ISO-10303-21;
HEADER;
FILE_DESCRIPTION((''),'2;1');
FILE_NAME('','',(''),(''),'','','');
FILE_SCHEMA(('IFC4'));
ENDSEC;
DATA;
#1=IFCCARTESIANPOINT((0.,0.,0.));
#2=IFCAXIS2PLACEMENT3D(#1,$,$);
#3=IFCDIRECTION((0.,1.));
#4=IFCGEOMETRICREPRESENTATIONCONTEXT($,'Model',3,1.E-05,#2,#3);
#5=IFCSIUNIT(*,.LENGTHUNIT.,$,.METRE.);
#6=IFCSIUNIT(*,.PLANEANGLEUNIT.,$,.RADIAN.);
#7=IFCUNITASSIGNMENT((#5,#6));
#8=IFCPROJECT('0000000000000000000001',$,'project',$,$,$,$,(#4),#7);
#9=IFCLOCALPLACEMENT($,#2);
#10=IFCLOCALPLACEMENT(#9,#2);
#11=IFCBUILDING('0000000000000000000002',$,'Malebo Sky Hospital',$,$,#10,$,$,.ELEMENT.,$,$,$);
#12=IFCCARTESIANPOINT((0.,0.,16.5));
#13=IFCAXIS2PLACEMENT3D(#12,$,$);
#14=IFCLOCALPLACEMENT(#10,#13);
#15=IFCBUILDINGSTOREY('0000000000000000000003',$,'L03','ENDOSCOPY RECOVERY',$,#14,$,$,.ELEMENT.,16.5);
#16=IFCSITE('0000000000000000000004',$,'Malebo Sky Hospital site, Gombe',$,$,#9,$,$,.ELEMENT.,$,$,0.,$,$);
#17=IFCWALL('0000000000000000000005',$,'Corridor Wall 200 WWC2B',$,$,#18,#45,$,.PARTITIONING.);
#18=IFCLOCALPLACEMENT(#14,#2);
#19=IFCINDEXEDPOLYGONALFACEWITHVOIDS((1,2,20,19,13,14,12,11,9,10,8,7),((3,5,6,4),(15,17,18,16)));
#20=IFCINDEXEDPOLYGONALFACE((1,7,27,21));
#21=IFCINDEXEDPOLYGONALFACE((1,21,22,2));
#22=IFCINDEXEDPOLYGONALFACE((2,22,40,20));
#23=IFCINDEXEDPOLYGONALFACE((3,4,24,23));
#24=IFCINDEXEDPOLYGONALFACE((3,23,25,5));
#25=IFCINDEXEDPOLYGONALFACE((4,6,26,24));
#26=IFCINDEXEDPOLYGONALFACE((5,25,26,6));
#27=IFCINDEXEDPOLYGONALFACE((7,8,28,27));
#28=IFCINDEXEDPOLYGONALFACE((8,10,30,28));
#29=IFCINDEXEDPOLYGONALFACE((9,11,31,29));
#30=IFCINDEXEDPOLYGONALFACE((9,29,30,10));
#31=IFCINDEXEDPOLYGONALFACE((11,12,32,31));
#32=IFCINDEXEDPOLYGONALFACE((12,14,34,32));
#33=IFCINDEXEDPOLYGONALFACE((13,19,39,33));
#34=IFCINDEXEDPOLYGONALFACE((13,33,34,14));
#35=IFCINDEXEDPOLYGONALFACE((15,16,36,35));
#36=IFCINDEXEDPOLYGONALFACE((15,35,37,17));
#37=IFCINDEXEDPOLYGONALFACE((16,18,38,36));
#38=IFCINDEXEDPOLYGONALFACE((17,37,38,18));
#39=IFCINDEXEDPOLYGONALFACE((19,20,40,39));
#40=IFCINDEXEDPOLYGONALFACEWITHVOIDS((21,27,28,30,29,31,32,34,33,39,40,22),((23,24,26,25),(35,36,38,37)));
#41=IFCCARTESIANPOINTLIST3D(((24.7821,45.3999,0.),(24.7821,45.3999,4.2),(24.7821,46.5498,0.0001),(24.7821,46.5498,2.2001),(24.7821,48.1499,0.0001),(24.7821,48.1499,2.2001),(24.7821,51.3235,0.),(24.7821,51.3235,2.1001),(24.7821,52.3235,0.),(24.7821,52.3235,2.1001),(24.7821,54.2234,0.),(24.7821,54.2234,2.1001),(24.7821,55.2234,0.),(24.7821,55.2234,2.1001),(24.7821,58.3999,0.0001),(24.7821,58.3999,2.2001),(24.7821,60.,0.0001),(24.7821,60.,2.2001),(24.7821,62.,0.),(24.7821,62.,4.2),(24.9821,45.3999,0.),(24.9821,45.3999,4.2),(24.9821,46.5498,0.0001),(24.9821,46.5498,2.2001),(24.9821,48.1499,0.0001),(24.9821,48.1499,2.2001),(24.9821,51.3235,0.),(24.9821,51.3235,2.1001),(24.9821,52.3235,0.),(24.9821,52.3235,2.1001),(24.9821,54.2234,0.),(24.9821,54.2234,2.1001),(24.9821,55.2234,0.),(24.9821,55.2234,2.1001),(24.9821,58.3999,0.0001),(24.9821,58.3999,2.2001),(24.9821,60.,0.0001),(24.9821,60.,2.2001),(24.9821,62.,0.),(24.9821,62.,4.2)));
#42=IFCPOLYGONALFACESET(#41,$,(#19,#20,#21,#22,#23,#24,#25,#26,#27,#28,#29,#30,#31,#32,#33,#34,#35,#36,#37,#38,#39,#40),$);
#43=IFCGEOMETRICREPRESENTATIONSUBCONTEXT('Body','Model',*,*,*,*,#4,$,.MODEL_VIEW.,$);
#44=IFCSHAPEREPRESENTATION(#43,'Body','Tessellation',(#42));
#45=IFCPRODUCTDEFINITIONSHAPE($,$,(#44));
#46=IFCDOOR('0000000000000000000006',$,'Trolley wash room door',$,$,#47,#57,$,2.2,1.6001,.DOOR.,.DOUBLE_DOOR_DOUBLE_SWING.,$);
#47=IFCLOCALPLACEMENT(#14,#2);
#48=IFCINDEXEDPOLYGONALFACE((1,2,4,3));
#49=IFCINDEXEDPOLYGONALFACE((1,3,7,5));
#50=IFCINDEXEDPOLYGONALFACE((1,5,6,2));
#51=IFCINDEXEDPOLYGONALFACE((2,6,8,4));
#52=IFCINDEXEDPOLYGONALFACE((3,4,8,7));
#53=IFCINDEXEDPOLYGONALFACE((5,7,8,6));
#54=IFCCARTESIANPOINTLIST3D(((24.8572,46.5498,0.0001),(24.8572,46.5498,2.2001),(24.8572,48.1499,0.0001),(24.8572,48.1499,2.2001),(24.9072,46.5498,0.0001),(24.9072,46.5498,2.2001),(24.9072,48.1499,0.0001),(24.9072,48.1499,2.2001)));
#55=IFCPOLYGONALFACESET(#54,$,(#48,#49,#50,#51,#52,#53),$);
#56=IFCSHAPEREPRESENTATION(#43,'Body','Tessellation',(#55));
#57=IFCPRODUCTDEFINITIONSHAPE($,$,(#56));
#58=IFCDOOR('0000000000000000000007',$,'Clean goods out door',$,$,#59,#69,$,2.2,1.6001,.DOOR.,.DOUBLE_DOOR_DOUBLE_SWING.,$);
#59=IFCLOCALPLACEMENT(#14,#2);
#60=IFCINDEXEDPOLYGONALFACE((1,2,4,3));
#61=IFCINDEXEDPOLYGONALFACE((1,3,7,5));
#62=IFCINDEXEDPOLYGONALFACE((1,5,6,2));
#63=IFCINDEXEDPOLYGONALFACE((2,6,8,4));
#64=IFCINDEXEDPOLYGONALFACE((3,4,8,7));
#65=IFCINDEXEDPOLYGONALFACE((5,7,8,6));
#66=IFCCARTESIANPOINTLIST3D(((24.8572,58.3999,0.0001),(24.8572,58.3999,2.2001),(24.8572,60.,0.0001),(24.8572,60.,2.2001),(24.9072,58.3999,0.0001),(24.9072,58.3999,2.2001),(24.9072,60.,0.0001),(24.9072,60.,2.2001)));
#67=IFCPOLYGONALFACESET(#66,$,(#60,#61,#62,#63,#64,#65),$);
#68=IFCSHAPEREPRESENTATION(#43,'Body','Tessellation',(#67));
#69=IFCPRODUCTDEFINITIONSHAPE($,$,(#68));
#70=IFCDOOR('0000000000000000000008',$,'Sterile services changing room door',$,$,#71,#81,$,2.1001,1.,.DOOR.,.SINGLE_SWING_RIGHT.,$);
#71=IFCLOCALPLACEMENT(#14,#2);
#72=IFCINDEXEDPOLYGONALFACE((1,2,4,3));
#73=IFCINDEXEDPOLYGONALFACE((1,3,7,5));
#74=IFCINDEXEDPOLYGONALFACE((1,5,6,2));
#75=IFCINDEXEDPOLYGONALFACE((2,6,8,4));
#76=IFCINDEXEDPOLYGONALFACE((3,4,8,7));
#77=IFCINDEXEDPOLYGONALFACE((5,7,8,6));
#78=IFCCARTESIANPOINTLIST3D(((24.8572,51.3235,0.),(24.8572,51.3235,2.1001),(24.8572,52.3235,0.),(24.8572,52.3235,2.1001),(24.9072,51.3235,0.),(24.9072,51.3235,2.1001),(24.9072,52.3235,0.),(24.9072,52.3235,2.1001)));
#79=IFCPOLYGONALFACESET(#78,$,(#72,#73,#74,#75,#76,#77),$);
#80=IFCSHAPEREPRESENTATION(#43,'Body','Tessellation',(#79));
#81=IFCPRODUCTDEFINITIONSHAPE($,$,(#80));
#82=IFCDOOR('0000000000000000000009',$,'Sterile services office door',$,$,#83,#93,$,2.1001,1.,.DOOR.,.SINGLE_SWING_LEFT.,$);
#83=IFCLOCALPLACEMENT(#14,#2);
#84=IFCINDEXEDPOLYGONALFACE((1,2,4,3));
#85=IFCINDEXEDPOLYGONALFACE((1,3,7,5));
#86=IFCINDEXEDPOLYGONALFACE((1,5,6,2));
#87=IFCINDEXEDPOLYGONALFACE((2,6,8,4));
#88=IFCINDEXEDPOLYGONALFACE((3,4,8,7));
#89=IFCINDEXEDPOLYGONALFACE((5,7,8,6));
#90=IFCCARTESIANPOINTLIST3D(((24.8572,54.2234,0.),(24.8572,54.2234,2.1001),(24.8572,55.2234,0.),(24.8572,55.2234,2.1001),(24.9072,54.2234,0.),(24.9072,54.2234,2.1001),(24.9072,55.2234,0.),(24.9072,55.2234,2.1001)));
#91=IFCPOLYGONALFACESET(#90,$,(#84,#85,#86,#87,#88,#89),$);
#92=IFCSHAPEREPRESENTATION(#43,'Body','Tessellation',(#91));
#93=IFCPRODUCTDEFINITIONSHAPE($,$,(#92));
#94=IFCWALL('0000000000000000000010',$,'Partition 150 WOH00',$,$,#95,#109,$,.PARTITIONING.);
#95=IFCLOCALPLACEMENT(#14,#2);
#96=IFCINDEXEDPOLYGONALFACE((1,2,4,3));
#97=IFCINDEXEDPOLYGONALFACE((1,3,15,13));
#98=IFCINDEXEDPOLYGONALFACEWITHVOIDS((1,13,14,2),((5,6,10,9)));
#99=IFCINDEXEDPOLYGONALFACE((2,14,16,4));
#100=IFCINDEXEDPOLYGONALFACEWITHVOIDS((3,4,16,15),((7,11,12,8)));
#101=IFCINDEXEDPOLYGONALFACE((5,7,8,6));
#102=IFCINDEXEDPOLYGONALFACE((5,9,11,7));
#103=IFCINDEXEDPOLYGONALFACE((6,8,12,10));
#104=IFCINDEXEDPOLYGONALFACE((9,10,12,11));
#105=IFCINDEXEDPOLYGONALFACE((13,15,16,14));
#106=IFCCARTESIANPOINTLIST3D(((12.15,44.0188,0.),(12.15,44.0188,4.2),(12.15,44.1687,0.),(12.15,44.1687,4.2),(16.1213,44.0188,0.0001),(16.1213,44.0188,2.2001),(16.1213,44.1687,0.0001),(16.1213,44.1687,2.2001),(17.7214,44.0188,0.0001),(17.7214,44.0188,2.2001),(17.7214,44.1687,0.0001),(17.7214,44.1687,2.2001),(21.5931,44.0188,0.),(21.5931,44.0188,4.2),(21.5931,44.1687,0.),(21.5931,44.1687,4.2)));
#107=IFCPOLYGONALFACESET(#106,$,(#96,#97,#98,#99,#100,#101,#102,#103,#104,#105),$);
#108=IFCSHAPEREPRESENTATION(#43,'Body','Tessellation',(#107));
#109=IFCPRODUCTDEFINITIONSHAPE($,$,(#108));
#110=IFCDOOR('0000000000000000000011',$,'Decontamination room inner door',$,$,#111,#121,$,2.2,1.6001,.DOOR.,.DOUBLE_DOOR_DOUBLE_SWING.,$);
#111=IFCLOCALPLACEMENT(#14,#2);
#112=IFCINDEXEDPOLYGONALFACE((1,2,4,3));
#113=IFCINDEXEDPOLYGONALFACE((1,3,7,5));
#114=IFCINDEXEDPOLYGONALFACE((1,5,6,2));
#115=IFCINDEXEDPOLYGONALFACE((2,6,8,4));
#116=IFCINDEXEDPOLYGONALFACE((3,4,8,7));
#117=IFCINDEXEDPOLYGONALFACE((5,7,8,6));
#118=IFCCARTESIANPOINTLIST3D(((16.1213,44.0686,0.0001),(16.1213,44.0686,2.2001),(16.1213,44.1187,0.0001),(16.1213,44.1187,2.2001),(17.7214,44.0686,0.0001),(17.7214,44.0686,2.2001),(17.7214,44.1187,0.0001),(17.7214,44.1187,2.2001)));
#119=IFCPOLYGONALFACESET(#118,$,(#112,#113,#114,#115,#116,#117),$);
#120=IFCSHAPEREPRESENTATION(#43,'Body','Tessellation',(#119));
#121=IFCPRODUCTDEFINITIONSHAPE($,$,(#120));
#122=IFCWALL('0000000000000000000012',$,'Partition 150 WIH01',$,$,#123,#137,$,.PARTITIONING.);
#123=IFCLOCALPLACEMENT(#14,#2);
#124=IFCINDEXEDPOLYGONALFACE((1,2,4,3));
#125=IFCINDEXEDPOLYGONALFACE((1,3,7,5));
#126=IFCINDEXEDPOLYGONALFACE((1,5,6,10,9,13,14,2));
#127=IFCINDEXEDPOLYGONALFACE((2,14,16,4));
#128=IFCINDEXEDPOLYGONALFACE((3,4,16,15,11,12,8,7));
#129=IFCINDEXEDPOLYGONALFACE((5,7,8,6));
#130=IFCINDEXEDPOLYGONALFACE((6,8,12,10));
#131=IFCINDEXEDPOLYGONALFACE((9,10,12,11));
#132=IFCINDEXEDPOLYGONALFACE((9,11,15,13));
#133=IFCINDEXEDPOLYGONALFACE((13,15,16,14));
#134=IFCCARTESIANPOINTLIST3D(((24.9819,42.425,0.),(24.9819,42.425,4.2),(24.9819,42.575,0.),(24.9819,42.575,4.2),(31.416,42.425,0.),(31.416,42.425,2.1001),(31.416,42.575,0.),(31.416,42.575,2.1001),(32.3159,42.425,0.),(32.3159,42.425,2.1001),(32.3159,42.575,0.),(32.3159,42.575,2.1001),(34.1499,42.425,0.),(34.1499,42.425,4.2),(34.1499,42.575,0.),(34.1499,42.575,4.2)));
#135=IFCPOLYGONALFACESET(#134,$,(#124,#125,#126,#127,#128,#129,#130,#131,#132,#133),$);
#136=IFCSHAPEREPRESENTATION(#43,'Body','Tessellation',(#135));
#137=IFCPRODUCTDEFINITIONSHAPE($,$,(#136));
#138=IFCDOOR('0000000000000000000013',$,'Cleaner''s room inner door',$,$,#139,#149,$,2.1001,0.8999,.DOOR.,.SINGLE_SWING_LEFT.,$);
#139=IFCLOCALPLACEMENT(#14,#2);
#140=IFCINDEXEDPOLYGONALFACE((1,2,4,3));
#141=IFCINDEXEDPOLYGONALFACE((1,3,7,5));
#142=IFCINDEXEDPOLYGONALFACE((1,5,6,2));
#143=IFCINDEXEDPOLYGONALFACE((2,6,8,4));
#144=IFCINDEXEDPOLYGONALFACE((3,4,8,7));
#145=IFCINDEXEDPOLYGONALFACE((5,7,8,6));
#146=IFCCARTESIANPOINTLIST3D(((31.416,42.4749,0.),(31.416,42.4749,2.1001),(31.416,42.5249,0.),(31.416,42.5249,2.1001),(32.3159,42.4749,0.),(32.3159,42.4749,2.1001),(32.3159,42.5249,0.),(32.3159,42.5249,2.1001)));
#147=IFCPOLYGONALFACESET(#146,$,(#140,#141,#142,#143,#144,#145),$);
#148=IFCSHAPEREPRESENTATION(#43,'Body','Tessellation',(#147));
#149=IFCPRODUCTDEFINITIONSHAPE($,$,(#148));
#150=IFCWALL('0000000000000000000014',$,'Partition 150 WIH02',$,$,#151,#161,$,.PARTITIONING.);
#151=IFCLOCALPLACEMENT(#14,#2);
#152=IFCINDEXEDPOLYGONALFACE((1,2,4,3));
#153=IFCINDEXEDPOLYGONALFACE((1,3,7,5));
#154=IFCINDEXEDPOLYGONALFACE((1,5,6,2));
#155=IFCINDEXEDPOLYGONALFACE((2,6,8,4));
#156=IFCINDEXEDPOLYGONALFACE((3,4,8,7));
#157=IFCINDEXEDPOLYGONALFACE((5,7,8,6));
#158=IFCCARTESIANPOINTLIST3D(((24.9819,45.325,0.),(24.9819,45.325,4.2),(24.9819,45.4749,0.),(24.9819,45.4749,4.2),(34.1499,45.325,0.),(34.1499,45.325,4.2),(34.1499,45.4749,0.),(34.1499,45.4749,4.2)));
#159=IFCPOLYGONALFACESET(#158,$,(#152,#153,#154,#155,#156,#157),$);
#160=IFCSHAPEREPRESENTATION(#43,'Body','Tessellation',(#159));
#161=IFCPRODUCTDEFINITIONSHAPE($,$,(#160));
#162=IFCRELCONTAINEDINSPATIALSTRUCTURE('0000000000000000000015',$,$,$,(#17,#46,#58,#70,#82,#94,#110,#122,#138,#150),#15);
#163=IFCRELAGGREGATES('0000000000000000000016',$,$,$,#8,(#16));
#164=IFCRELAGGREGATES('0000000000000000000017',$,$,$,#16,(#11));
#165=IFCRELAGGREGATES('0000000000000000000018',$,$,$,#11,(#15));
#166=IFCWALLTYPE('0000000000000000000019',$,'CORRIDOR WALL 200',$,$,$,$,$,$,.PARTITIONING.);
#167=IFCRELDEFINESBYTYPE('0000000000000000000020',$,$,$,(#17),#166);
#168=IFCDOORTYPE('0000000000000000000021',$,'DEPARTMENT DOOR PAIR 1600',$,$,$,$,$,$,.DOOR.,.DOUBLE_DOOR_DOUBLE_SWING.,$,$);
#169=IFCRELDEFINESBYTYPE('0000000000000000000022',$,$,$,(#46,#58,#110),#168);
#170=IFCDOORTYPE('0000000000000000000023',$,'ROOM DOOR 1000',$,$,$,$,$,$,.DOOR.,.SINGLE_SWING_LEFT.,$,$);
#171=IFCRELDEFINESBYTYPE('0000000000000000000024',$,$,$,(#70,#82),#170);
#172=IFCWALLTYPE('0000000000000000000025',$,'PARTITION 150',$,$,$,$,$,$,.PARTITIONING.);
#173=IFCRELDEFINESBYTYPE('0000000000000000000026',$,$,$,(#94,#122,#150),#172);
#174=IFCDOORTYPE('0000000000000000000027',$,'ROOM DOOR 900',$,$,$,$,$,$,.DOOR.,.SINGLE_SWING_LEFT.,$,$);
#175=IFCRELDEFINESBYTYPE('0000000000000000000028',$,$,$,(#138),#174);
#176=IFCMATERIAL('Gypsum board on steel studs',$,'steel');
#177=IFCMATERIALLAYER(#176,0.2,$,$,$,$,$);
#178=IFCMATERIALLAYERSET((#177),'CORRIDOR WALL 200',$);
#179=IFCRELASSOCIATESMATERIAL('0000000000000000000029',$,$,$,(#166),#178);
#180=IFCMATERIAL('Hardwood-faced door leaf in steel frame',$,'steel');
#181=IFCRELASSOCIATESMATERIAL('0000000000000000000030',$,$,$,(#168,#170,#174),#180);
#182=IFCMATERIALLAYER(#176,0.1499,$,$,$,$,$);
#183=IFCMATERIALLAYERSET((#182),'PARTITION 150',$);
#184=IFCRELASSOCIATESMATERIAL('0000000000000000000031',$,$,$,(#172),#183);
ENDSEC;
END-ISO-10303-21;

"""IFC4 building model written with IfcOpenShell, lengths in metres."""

from ifc_helpers import new_model, si_unit, direction, frame, frame_2d, origin, place, context, subcontext, project, spatial, rectangle, extrude, material, layer, layer_set, type_object, element, fill, save


model = new_model("IFC4")

# Units and contexts
model_context = context("Model", 3, precision=1e-05, world=origin(), true_north=direction((0.0, 1.0)))
body_context = subcontext(model_context, "Body", "Model", "MODEL_VIEW")
ifc_project = project(units=[si_unit("LENGTHUNIT", "METRE"), si_unit("PLANEANGLEUNIT", "RADIAN")], contexts=[model_context])

# Site, building, storey
site_placement = place(None, origin())
site = spatial("IfcSite", under=ifc_project, at=site_placement, Name="Malebo Sky Hospital site, Gombe", CompositionType="ELEMENT", RefElevation=0.0)
building_placement = place(site_placement, origin())
building = spatial("IfcBuilding", under=site, at=building_placement, Name="Malebo Sky Hospital", CompositionType="ELEMENT")
storey_placement = place(building_placement, frame((0.0, 0.0, 16.5)))
storey = spatial("IfcBuildingStorey", under=building, at=storey_placement, Name="L03", Description="ENDOSCOPY RECOVERY", CompositionType="ELEMENT", Elevation=16.5)

# Wall, openings, doors
ifc_material_1 = material(Name="Gypsum board on steel studs", Category="steel")
ifc_layer_1 = layer(ifc_material_1, 0.2)
ifc_layer_set_1 = layer_set([ifc_layer_1], Name="CORRIDOR WALL 200")
wall_type_1 = type_object("IfcWallType", Name="CORRIDOR WALL 200", PredefinedType="PARTITIONING", material=ifc_layer_set_1)
wall_1_placement = place(storey_placement, frame((24.8821, 45.3999, 0.0), z_axis=(0.0, 0.0, 1.0), x_axis=(0.0, 1.0, 0.0)))
wall_1 = element("IfcWall", 1, at=wall_1_placement, inside=storey, type_object=wall_type_1, Name="Corridor Wall 200 WWC2B", PredefinedType="PARTITIONING", context=body_context, shape_type="SweptSolid", body=[
    extrude(rectangle(XDim=16.6001, YDim=0.2, at=frame_2d((8.3, 0.0))), origin(), (0.0, 0.0, 1.0), 4.2),
])
opening_1_placement = place(wall_1_placement, frame((1.1499, 0.0, 0.0)))
opening_1 = element("IfcOpeningElement", 2, at=opening_1_placement, cuts=wall_1, PredefinedType="OPENING", context=body_context, shape_type="SweptSolid", body=[
    extrude(rectangle(XDim=1.6001, YDim=2.2, at=frame_2d((0.8, 1.1001))), frame((0.0, 0.1099, 0.0), z_axis=(0.0, -1.0, 0.0), x_axis=(1.0, 0.0, 0.0)), (0.0, 0.0, 1.0), 0.22),
])
opening_2_placement = place(wall_1_placement, frame((5.9236, 0.0, 0.0)))
opening_2 = element("IfcOpeningElement", 3, at=opening_2_placement, cuts=wall_1, PredefinedType="OPENING", context=body_context, shape_type="SweptSolid", body=[
    extrude(rectangle(XDim=1.0, YDim=2.1001, at=frame_2d((0.5, 1.05))), frame((0.0, 0.1099, 0.0), z_axis=(0.0, -1.0, 0.0), x_axis=(1.0, 0.0, 0.0)), (0.0, 0.0, 1.0), 0.22),
])
opening_3_placement = place(wall_1_placement, frame((8.8235, 0.0, 0.0)))
opening_3 = element("IfcOpeningElement", 4, at=opening_3_placement, cuts=wall_1, PredefinedType="OPENING", context=body_context, shape_type="SweptSolid", body=[
    extrude(rectangle(XDim=1.0, YDim=2.1001, at=frame_2d((0.5, 1.05))), frame((0.0, 0.1099, 0.0), z_axis=(0.0, -1.0, 0.0), x_axis=(1.0, 0.0, 0.0)), (0.0, 0.0, 1.0), 0.22),
])
opening_4_placement = place(wall_1_placement, frame((13.0, 0.0, 0.0)))
opening_4 = element("IfcOpeningElement", 5, at=opening_4_placement, cuts=wall_1, PredefinedType="OPENING", context=body_context, shape_type="SweptSolid", body=[
    extrude(rectangle(XDim=1.6001, YDim=2.2, at=frame_2d((0.8, 1.1001))), frame((0.0, 0.1099, 0.0), z_axis=(0.0, -1.0, 0.0), x_axis=(1.0, 0.0, 0.0)), (0.0, 0.0, 1.0), 0.22),
])
ifc_material_2 = material(Name="Hardwood-faced door leaf in steel frame", Category="steel")
door_type_1 = type_object("IfcDoorType", Name="DEPARTMENT DOOR PAIR 1600", OperationType="DOUBLE_DOOR_DOUBLE_SWING", PredefinedType="DOOR", material=ifc_material_2)
door_1_placement = place(opening_1_placement, origin())
door_1 = element("IfcDoor", 6, at=door_1_placement, inside=storey, type_object=door_type_1, Name="Trolley wash room door", OperationType="DOUBLE_DOOR_DOUBLE_SWING", OverallHeight=2.2, OverallWidth=1.6001, PredefinedType="DOOR", context=body_context, shape_type="SweptSolid", body=[
    extrude(rectangle(XDim=1.6001, YDim=2.2, at=frame_2d((0.8, 1.1001))), frame((0.0, 0.0249, 0.0), z_axis=(0.0, -1.0, 0.0), x_axis=(1.0, 0.0, 0.0)), (0.0, 0.0, 1.0), 0.05),
])
fill(opening_1, door_1)
door_2_placement = place(opening_4_placement, origin())
door_2 = element("IfcDoor", 7, at=door_2_placement, inside=storey, type_object=door_type_1, Name="Clean goods out door", OperationType="DOUBLE_DOOR_DOUBLE_SWING", OverallHeight=2.2, OverallWidth=1.6001, PredefinedType="DOOR", context=body_context, shape_type="SweptSolid", body=[
    extrude(rectangle(XDim=1.6001, YDim=2.2, at=frame_2d((0.8, 1.1001))), frame((0.0, 0.0249, 0.0), z_axis=(0.0, -1.0, 0.0), x_axis=(1.0, 0.0, 0.0)), (0.0, 0.0, 1.0), 0.05),
])
fill(opening_4, door_2)
door_type_2 = type_object("IfcDoorType", Name="ROOM DOOR 1000", OperationType="SINGLE_SWING_LEFT", PredefinedType="DOOR", material=ifc_material_2)
door_3_placement = place(opening_2_placement, origin())
door_3 = element("IfcDoor", 8, at=door_3_placement, inside=storey, type_object=door_type_2, Name="Sterile services changing room door", OperationType="SINGLE_SWING_RIGHT", OverallHeight=2.1001, OverallWidth=1.0, PredefinedType="DOOR", context=body_context, shape_type="SweptSolid", body=[
    extrude(rectangle(XDim=1.0, YDim=2.1001, at=frame_2d((0.5, 1.05))), frame((0.0, 0.0249, 0.0), z_axis=(0.0, -1.0, 0.0), x_axis=(1.0, 0.0, 0.0)), (0.0, 0.0, 1.0), 0.05),
])
fill(opening_2, door_3)
door_4_placement = place(opening_3_placement, origin())
door_4 = element("IfcDoor", 9, at=door_4_placement, inside=storey, type_object=door_type_2, Name="Sterile services office door", OperationType="SINGLE_SWING_LEFT", OverallHeight=2.1001, OverallWidth=1.0, PredefinedType="DOOR", context=body_context, shape_type="SweptSolid", body=[
    extrude(rectangle(XDim=1.0, YDim=2.1001, at=frame_2d((0.5, 1.05))), frame((0.0, 0.0249, 0.0), z_axis=(0.0, -1.0, 0.0), x_axis=(1.0, 0.0, 0.0)), (0.0, 0.0, 1.0), 0.05),
])
fill(opening_3, door_4)

# Walls, openings, doors
ifc_layer_2 = layer(ifc_material_1, 0.1499)
ifc_layer_set_2 = layer_set([ifc_layer_2], Name="PARTITION 150")
wall_type_2 = type_object("IfcWallType", Name="PARTITION 150", PredefinedType="PARTITIONING", material=ifc_layer_set_2)
wall_2_placement = place(storey_placement, frame((12.1499, 44.0938, 0.0), z_axis=(0.0, 0.0, 1.0), x_axis=(1.0, 0.0, 0.0)))
wall_2 = element("IfcWall", 10, at=wall_2_placement, inside=storey, type_object=wall_type_2, Name="Partition 150 WOH00", PredefinedType="PARTITIONING", context=body_context, shape_type="SweptSolid", body=[
    extrude(rectangle(XDim=9.4431, YDim=0.1499, at=frame_2d((4.7217, 0.0))), origin(), (0.0, 0.0, 1.0), 4.2),
])
opening_5_placement = place(wall_2_placement, frame((3.9714, 0.0, 0.0)))
opening_5 = element("IfcOpeningElement", 11, at=opening_5_placement, cuts=wall_2, PredefinedType="OPENING", context=body_context, shape_type="SweptSolid", body=[
    extrude(rectangle(XDim=1.6001, YDim=2.2, at=frame_2d((0.8, 1.1001))), frame((0.0, 0.085, 0.0), z_axis=(0.0, -1.0, 0.0), x_axis=(1.0, 0.0, 0.0)), (0.0, 0.0, 1.0), 0.1699),
])
door_5_placement = place(opening_5_placement, origin())
door_5 = element("IfcDoor", 12, at=door_5_placement, inside=storey, type_object=door_type_1, Name="Decontamination room inner door", OperationType="DOUBLE_DOOR_DOUBLE_SWING", OverallHeight=2.2, OverallWidth=1.6001, PredefinedType="DOOR", context=body_context, shape_type="SweptSolid", body=[
    extrude(rectangle(XDim=1.6001, YDim=2.2, at=frame_2d((0.8, 1.1001))), frame((0.0, 0.0249, 0.0), z_axis=(0.0, -1.0, 0.0), x_axis=(1.0, 0.0, 0.0)), (0.0, 0.0, 1.0), 0.05),
])
fill(opening_5, door_5)
wall_3_placement = place(storey_placement, frame((24.9819, 42.5, 0.0), z_axis=(0.0, 0.0, 1.0), x_axis=(1.0, 0.0, 0.0)))
wall_3 = element("IfcWall", 13, at=wall_3_placement, inside=storey, type_object=wall_type_2, Name="Partition 150 WIH01", PredefinedType="PARTITIONING", context=body_context, shape_type="SweptSolid", body=[
    extrude(rectangle(XDim=9.168, YDim=0.1499, at=frame_2d((4.584, 0.0))), origin(), (0.0, 0.0, 1.0), 4.2),
])
opening_6_placement = place(wall_3_placement, frame((6.4341, 0.0, 0.0)))
opening_6 = element("IfcOpeningElement", 14, at=opening_6_placement, cuts=wall_3, PredefinedType="OPENING", context=body_context, shape_type="SweptSolid", body=[
    extrude(rectangle(XDim=0.8999, YDim=2.1001, at=frame_2d((0.45, 1.05))), frame((0.0, 0.085, 0.0), z_axis=(0.0, -1.0, 0.0), x_axis=(1.0, 0.0, 0.0)), (0.0, 0.0, 1.0), 0.1699),
])
door_type_3 = type_object("IfcDoorType", Name="ROOM DOOR 900", OperationType="SINGLE_SWING_LEFT", PredefinedType="DOOR", material=ifc_material_2)
door_6_placement = place(opening_6_placement, origin())
door_6 = element("IfcDoor", 15, at=door_6_placement, inside=storey, type_object=door_type_3, Name="Cleaner's room inner door", OperationType="SINGLE_SWING_LEFT", OverallHeight=2.1001, OverallWidth=0.8999, PredefinedType="DOOR", context=body_context, shape_type="SweptSolid", body=[
    extrude(rectangle(XDim=0.8999, YDim=2.1001, at=frame_2d((0.45, 1.05))), frame((0.0, 0.0249, 0.0), z_axis=(0.0, -1.0, 0.0), x_axis=(1.0, 0.0, 0.0)), (0.0, 0.0, 1.0), 0.05),
])
fill(opening_6, door_6)

# Wall
wall_4_placement = place(storey_placement, frame((24.9819, 45.3999, 0.0), z_axis=(0.0, 0.0, 1.0), x_axis=(1.0, 0.0, 0.0)))
element("IfcWall", 16, at=wall_4_placement, inside=storey, type_object=wall_type_2, Name="Partition 150 WIH02", PredefinedType="PARTITIONING", context=body_context, shape_type="SweptSolid", body=[
    extrude(rectangle(XDim=9.168, YDim=0.1499, at=frame_2d((4.584, 0.0))), origin(), (0.0, 0.0, 1.0), 4.2),
])

save(model, "model.ifc")
